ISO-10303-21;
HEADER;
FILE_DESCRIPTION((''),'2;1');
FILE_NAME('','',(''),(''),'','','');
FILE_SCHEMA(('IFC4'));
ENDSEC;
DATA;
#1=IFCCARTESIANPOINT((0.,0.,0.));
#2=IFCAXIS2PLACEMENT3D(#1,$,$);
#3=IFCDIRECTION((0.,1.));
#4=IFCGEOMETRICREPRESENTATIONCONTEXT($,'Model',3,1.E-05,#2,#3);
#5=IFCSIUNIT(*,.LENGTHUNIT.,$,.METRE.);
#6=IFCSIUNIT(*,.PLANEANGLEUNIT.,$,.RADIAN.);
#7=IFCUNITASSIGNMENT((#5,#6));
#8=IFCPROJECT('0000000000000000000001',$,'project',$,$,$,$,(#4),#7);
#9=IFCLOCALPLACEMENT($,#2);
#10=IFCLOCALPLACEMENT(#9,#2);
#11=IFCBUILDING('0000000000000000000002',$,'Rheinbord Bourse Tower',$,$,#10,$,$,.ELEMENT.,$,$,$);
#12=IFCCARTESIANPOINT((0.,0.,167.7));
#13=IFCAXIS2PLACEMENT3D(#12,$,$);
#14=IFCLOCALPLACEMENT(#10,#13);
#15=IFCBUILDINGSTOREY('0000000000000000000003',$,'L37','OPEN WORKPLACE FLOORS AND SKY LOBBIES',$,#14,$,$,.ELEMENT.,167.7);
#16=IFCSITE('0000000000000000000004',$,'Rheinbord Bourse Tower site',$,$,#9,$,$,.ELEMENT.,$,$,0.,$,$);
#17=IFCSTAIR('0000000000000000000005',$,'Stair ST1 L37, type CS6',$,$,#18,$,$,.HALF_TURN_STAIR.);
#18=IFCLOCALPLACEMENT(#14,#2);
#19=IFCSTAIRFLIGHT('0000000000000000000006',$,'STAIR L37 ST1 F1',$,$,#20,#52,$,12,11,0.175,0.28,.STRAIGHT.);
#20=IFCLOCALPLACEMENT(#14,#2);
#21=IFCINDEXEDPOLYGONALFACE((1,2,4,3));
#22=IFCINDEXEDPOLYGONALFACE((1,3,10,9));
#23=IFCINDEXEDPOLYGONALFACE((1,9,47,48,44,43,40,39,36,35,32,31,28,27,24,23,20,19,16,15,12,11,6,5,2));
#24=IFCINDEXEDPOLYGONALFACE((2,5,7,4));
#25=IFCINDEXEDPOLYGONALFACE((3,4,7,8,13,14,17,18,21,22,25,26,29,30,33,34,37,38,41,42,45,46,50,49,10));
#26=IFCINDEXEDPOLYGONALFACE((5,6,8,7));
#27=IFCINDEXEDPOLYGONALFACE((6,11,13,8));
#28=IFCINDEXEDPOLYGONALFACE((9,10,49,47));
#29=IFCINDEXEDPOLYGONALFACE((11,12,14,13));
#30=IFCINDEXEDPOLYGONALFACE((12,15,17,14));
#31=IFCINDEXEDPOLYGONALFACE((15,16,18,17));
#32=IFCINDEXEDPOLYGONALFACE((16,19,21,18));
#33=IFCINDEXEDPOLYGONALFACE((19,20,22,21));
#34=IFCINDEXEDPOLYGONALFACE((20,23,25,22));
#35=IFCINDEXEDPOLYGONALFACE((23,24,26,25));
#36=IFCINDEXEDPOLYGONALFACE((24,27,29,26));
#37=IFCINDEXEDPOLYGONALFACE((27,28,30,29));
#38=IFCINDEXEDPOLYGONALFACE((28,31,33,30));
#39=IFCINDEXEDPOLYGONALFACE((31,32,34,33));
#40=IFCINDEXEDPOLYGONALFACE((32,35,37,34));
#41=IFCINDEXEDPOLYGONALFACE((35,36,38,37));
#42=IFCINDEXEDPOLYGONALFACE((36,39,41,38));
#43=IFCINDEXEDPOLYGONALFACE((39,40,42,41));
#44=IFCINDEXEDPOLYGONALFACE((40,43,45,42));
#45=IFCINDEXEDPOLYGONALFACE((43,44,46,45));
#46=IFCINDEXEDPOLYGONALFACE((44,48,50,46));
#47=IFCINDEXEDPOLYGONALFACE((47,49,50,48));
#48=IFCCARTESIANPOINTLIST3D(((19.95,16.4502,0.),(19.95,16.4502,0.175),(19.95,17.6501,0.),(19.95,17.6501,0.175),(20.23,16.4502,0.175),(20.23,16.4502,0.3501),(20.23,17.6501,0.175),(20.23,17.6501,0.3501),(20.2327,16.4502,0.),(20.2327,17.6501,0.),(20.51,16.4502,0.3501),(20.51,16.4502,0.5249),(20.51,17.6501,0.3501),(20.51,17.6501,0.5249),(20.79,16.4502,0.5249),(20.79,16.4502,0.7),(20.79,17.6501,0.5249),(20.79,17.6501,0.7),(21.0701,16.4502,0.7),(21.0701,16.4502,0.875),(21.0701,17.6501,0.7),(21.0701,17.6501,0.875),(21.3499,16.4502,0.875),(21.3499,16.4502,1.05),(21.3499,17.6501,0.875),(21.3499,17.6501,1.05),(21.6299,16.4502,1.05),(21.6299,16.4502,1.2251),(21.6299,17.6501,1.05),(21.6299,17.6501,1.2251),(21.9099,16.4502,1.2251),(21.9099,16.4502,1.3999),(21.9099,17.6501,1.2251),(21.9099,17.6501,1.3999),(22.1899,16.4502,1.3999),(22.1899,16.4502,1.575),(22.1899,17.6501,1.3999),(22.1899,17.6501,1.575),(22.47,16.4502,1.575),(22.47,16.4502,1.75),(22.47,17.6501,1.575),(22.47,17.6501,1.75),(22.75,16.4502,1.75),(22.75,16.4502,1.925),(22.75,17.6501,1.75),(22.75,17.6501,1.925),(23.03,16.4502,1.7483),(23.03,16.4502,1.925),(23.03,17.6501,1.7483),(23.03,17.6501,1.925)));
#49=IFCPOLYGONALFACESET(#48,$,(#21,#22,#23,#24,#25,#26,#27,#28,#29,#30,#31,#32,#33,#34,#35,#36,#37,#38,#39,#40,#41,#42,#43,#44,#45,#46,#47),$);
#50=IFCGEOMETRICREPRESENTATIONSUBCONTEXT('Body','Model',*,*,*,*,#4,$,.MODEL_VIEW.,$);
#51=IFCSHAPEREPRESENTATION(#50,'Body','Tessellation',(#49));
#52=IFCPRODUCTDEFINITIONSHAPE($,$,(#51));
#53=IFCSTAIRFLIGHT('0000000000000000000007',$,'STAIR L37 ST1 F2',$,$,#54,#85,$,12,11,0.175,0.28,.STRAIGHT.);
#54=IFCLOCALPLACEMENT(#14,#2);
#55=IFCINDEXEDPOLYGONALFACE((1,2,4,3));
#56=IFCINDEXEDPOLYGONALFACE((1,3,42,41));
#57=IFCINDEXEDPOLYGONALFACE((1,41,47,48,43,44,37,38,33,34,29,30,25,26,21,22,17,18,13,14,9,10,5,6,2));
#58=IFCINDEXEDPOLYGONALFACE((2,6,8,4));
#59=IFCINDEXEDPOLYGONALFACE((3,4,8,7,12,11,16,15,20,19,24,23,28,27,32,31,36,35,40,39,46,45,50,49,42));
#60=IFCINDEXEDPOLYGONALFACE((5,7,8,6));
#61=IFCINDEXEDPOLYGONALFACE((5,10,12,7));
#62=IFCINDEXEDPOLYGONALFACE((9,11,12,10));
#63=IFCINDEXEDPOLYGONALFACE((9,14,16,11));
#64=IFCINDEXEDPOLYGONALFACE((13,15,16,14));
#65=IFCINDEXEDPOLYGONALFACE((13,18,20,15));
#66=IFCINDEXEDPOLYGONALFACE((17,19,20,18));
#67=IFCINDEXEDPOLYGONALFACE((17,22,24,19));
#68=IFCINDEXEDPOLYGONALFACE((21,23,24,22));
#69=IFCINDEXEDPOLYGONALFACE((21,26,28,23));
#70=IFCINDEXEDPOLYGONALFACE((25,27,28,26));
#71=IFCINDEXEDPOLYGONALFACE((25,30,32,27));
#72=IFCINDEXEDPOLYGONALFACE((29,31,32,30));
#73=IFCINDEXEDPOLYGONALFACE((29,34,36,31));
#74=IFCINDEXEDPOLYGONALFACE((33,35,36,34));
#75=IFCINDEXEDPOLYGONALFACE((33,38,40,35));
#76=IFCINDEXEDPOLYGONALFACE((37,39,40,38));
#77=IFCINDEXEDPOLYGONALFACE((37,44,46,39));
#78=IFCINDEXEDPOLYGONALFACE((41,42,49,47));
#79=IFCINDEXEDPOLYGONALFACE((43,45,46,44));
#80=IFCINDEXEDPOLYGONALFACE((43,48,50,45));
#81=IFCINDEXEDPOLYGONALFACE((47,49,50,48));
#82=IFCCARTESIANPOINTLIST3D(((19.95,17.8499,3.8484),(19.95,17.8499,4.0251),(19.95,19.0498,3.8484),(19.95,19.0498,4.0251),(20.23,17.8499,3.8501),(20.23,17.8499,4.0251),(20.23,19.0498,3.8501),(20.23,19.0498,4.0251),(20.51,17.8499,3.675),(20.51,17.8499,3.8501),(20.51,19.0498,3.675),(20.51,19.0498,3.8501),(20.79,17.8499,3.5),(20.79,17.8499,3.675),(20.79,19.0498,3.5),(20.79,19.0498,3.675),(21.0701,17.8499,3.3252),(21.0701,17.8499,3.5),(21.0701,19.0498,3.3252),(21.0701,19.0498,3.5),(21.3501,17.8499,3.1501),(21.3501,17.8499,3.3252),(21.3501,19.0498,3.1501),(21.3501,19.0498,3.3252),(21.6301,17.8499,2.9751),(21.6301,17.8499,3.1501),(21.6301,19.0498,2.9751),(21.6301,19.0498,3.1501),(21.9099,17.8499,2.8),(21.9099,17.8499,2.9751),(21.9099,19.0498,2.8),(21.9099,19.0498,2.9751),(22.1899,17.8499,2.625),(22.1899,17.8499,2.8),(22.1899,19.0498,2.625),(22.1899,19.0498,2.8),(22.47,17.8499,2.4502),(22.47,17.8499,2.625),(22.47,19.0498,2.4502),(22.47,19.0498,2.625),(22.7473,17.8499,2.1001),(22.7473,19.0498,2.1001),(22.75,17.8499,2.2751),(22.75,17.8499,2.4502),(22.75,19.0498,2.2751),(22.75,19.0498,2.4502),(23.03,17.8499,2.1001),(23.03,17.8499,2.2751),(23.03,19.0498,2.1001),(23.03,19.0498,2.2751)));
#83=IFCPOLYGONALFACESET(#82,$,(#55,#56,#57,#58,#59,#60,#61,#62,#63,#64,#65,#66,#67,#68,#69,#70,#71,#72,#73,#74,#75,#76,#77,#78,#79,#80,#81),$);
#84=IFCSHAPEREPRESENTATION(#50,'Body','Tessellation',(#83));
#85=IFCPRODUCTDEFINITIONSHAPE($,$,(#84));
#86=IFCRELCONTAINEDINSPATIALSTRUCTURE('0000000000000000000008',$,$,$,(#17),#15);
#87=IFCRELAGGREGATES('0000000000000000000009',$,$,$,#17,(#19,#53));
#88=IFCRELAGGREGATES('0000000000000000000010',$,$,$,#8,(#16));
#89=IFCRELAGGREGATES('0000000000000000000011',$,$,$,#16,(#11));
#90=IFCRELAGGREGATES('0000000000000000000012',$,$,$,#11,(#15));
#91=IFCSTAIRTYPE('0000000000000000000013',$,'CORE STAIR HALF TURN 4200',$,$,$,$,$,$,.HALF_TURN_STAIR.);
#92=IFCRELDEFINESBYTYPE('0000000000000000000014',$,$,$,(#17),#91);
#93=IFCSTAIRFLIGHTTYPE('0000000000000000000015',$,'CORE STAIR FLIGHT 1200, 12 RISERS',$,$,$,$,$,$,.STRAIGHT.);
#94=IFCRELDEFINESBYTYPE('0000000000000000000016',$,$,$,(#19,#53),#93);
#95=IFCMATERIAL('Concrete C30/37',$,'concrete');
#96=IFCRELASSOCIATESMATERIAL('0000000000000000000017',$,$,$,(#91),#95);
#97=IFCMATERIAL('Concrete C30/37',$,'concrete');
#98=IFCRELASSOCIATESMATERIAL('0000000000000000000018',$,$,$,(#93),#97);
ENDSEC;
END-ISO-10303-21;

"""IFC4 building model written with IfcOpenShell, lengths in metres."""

from ifc_helpers import new_model, si_unit, direction, frame, origin, place, context, subcontext, project, spatial, polyline, outline, extrude, material, type_object, element, aggregate, save


model = new_model("IFC4")

# Units and contexts
model_context = context("Model", 3, precision=1e-05, world=origin(), true_north=direction((0.0, 1.0)))
body_context = subcontext(model_context, "Body", "Model", "MODEL_VIEW")
ifc_project = project(units=[si_unit("LENGTHUNIT", "METRE"), si_unit("PLANEANGLEUNIT", "RADIAN")], contexts=[model_context])

# Site, building, storey
site_placement = place(None, origin())
site = spatial("IfcSite", under=ifc_project, at=site_placement, Name="Rheinbord Bourse Tower site", CompositionType="ELEMENT", RefElevation=0.0)
building_placement = place(site_placement, origin())
building = spatial("IfcBuilding", under=site, at=building_placement, Name="Rheinbord Bourse Tower", CompositionType="ELEMENT")
storey_placement = place(building_placement, frame((0.0, 0.0, 167.7)))
storey = spatial("IfcBuildingStorey", under=building, at=storey_placement, Name="L37", Description="OPEN WORKPLACE FLOORS AND SKY LOBBIES", CompositionType="ELEMENT", Elevation=167.7)

# Stair, stair flights
ifc_material_1 = material(Name="Concrete C30/37", Category="concrete")
stair_type = type_object("IfcStairType", Name="CORE STAIR HALF TURN 4200", PredefinedType="HALF_TURN_STAIR", material=ifc_material_1)
stair_placement = place(storey_placement, origin())
stair = element("IfcStair", 1, at=stair_placement, inside=storey, type_object=stair_type, Name="Stair ST1 L37, type CS6", PredefinedType="HALF_TURN_STAIR")
ifc_material_2 = material(Name="Concrete C30/37", Category="concrete")
stair_flight_type = type_object("IfcStairFlightType", Name="CORE STAIR FLIGHT 1200, 12 RISERS", PredefinedType="STRAIGHT", material=ifc_material_2)
stair_flight_1_placement = place(storey_placement, frame((19.95, 17.05, 0.0), z_axis=(0.0, 0.0, 1.0), x_axis=(1.0, 0.0, 0.0)))
stair_flight_1 = element("IfcStairFlight", 2, at=stair_flight_1_placement, type_object=stair_flight_type, Name="STAIR L37 ST1 F1", NumberOfRisers=12, NumberOfTreads=11, PredefinedType="STRAIGHT", RiserHeight=0.175, TreadLength=0.28, context=body_context, shape_type="SweptSolid", body=[
    extrude(outline(polyline([(0.0, 0.0), (0.0, 0.175), (0.28, 0.175), (0.28, 0.3501), (0.5601, 0.3501), (0.5601, 0.5249), (0.8401, 0.5249), (0.8401, 0.7), (1.1201, 0.7), (1.1201, 0.875), (1.3999, 0.875), (1.3999, 1.05), (1.6799, 1.05), (1.6799, 1.2251), (1.96, 1.2251), (1.96, 1.3999), (2.24, 1.3999), (2.24, 1.575), (2.52, 1.575), (2.52, 1.75), (2.8, 1.75), (2.8, 1.925), (3.0801, 1.925), (3.0801, 2.1001), (3.0801, 1.7483), (0.2827, 0.0), (0.0, 0.0)])), frame((0.0, 0.6001, 0.0), z_axis=(0.0, -1.0, 0.0), x_axis=(1.0, 0.0, 0.0)), (0.0, 0.0, 1.0), 1.2),
])
stair_flight_2_placement = place(storey_placement, frame((23.03, 18.45, 2.1001), z_axis=(0.0, 0.0, 1.0), x_axis=(-1.0, 0.0, 0.0)))
stair_flight_2 = element("IfcStairFlight", 3, at=stair_flight_2_placement, type_object=stair_flight_type, Name="STAIR L37 ST1 F2", NumberOfRisers=12, NumberOfTreads=11, PredefinedType="STRAIGHT", RiserHeight=0.175, TreadLength=0.28, context=body_context, shape_type="SweptSolid", body=[
    extrude(outline(polyline([(0.0, 0.0), (0.0, 0.175), (0.28, 0.175), (0.28, 0.3501), (0.5601, 0.3501), (0.5601, 0.5249), (0.8401, 0.5249), (0.8401, 0.7), (1.1201, 0.7), (1.1201, 0.875), (1.3999, 0.875), (1.3999, 1.05), (1.6799, 1.05), (1.6799, 1.2251), (1.96, 1.2251), (1.96, 1.3999), (2.24, 1.3999), (2.24, 1.575), (2.52, 1.575), (2.52, 1.75), (2.8, 1.75), (2.8, 1.925), (3.0801, 1.925), (3.0801, 2.1001), (3.0801, 1.7483), (0.2827, 0.0), (0.0, 0.0)])), frame((0.0, 0.6001, 0.0), z_axis=(0.0, -1.0, 0.0), x_axis=(1.0, 0.0, 0.0)), (0.0, 0.0, 1.0), 1.2),
])
aggregate(stair, [stair_flight_1, stair_flight_2])

save(model, "model.ifc")
